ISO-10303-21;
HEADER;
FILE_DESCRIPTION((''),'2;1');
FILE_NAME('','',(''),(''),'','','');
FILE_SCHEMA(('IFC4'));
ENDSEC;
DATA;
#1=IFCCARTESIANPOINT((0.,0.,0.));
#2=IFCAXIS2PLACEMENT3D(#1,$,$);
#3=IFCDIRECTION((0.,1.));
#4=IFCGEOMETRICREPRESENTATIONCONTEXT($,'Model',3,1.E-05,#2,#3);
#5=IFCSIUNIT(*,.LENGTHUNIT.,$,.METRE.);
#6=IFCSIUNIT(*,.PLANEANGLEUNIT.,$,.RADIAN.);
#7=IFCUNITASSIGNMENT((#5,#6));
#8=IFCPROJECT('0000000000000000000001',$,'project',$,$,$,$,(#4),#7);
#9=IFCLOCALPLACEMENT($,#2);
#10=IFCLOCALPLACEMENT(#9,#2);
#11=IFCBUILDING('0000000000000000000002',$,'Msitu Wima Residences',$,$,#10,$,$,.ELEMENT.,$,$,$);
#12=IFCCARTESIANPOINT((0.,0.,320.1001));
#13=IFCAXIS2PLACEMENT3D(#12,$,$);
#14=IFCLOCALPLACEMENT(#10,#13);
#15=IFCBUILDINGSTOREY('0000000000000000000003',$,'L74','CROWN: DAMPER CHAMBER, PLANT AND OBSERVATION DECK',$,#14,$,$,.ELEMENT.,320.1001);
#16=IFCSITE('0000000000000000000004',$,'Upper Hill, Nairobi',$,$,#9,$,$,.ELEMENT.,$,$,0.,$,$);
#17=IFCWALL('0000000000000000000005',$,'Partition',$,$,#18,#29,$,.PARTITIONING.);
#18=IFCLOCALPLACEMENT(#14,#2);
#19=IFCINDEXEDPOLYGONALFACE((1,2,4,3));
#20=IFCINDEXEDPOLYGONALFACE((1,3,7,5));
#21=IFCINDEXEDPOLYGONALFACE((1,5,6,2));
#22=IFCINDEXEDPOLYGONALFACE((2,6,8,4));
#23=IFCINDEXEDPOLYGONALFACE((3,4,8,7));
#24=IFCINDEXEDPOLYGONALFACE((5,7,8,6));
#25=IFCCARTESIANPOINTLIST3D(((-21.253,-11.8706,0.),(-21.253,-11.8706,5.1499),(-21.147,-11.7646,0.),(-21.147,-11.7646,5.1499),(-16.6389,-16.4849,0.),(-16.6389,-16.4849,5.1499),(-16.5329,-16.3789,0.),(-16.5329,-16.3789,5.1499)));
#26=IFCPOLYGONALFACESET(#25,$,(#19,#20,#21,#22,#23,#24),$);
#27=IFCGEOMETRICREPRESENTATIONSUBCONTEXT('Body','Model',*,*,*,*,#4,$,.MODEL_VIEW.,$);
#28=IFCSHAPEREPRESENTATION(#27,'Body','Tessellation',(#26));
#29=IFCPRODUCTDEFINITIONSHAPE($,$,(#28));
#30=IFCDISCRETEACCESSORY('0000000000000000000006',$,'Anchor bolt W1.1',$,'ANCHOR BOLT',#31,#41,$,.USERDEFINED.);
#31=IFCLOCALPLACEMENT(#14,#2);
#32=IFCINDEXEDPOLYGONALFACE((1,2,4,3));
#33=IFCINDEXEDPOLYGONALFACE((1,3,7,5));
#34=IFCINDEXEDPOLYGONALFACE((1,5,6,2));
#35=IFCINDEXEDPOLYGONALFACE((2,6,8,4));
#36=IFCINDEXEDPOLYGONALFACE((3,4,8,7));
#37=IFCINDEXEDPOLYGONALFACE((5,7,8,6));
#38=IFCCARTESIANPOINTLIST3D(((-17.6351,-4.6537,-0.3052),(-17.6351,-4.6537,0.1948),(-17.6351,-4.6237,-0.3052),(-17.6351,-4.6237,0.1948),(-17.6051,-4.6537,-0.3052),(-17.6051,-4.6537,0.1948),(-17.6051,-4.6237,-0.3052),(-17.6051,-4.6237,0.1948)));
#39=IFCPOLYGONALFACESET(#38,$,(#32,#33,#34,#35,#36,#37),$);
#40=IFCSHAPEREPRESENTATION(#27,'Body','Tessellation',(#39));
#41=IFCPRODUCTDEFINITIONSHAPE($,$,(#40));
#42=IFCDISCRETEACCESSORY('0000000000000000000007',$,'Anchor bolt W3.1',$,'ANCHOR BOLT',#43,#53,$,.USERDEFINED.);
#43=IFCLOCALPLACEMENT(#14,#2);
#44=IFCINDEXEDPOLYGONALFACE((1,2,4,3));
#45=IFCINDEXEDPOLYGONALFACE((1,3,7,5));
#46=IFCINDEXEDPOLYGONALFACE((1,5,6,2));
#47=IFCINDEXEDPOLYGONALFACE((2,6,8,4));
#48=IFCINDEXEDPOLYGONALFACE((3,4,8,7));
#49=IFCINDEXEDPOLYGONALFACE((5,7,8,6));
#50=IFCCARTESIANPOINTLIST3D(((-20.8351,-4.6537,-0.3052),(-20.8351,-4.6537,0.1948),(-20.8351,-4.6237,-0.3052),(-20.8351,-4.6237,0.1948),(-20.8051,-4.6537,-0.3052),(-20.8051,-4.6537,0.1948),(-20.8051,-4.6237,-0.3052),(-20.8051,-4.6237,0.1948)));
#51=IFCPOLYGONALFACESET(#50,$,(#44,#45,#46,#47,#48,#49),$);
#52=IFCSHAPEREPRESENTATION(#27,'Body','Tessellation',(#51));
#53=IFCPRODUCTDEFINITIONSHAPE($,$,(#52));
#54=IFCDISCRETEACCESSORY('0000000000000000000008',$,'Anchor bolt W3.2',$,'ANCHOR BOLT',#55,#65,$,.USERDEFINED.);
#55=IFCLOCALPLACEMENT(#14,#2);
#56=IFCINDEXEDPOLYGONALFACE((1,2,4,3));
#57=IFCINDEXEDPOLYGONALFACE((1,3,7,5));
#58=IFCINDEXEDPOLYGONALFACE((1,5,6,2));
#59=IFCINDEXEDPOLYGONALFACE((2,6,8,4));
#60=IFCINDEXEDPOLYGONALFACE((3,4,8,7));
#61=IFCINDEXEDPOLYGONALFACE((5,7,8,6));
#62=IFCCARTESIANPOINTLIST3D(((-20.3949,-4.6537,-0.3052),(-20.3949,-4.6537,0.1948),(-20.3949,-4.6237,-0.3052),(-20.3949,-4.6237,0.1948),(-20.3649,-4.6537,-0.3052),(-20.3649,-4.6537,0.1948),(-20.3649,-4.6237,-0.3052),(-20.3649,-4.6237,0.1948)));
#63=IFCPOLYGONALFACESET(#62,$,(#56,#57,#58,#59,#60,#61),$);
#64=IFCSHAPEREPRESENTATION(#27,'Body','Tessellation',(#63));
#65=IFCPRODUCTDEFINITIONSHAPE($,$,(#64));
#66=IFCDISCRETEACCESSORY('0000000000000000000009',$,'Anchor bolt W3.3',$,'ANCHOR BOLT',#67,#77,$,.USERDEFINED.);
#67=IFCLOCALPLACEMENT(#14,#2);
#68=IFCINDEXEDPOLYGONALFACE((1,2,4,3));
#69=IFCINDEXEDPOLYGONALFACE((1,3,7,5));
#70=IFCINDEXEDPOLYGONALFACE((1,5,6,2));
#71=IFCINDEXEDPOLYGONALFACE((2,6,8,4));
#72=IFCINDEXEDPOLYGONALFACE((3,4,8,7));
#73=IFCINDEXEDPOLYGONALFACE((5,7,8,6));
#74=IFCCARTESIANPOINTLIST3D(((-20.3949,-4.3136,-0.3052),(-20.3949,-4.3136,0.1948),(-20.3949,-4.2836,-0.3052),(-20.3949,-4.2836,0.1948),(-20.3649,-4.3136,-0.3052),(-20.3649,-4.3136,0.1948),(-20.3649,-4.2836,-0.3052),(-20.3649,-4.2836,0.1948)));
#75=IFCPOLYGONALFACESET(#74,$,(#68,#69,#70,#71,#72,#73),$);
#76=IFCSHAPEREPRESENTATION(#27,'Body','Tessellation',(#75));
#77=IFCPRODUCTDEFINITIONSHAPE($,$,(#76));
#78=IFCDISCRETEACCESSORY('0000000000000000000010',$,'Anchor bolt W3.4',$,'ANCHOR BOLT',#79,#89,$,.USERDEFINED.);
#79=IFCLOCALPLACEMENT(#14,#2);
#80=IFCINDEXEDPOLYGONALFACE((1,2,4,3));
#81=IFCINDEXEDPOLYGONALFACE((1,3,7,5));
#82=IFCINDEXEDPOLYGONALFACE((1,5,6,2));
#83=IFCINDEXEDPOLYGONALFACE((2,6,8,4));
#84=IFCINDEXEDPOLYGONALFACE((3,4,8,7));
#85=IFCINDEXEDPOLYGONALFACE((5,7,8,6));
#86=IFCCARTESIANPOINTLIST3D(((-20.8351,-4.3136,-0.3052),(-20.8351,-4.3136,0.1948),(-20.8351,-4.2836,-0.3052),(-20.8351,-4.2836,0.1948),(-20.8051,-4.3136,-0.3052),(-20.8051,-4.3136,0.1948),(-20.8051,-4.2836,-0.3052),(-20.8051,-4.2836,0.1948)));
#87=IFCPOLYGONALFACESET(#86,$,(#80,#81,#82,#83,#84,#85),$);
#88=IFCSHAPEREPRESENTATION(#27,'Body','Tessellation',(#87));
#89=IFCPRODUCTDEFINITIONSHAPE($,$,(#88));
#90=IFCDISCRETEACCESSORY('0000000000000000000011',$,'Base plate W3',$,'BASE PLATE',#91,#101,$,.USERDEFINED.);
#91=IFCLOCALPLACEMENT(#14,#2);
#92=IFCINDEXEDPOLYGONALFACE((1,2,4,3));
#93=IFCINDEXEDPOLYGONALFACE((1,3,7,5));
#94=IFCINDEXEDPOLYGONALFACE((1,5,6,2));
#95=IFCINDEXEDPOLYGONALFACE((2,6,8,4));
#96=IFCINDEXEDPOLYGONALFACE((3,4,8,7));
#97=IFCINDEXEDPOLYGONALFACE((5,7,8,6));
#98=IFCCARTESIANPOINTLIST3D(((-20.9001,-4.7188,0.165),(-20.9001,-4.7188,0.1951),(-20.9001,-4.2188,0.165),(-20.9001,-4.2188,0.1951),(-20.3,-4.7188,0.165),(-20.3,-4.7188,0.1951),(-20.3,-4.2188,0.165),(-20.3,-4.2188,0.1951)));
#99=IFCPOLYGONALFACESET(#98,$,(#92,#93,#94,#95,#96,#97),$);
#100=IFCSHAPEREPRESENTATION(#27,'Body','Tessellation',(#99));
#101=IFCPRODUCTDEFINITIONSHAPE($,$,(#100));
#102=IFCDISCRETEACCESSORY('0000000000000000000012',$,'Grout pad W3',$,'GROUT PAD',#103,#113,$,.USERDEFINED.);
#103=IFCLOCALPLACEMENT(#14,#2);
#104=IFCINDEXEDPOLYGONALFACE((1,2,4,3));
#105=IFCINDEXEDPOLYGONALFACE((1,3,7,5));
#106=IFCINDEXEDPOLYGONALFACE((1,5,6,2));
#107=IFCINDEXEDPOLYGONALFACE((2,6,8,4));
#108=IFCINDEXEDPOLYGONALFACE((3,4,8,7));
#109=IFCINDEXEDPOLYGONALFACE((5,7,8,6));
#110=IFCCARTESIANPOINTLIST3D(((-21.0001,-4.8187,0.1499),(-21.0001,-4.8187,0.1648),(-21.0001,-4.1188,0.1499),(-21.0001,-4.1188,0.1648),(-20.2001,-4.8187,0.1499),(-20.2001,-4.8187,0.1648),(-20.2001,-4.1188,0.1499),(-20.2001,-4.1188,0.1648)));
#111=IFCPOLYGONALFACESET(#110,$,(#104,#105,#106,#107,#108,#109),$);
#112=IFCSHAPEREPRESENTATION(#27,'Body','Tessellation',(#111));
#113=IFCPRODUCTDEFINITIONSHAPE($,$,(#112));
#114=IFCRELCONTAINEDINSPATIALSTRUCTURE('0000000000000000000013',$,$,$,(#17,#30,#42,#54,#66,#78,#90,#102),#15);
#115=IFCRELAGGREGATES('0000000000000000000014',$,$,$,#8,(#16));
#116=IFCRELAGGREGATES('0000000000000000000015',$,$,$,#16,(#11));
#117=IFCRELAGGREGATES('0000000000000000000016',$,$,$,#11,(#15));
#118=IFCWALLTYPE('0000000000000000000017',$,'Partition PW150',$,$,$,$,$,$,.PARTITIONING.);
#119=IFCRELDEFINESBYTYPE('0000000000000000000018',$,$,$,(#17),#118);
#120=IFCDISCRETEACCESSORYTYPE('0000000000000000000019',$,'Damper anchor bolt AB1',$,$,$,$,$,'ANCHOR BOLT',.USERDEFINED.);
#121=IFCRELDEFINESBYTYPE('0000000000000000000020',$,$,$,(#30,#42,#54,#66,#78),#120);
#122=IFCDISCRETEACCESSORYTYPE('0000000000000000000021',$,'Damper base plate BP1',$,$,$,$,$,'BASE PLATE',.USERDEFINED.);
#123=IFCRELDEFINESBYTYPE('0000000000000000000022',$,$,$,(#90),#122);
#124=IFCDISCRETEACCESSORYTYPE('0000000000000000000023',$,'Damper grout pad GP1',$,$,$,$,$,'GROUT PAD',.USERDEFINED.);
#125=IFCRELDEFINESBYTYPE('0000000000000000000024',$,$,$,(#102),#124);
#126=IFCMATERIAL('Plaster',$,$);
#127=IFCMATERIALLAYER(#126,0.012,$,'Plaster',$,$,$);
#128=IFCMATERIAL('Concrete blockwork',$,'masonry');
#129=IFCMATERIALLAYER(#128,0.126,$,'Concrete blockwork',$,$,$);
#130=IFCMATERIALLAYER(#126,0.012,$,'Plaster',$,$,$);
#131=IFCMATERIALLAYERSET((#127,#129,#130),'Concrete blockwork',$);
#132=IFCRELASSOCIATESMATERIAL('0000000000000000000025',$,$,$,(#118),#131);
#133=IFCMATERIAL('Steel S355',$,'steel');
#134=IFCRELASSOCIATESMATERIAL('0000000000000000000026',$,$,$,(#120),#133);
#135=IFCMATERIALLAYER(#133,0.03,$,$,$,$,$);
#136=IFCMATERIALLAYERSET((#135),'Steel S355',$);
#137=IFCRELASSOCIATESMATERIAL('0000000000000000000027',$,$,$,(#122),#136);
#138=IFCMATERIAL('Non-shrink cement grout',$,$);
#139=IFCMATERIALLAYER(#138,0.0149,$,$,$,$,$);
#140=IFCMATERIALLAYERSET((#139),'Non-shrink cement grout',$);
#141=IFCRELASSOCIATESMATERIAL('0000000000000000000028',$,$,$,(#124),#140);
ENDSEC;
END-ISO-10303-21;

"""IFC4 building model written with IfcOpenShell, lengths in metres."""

from ifc_helpers import new_model, si_unit, direction, frame, frame_2d, origin, origin_2d, place, context, subcontext, project, spatial, rectangle, extrude, material, layer, layer_set, type_object, element, save


model = new_model("IFC4")

# Units and contexts
model_context = context("Model", 3, precision=1e-05, world=origin(), true_north=direction((0.0, 1.0)))
body_context = subcontext(model_context, "Body", "Model", "MODEL_VIEW")
ifc_project = project(units=[si_unit("LENGTHUNIT", "METRE"), si_unit("PLANEANGLEUNIT", "RADIAN")], contexts=[model_context])

# Site, building, storey
site_placement = place(None, origin())
site = spatial("IfcSite", under=ifc_project, at=site_placement, Name="Upper Hill, Nairobi", CompositionType="ELEMENT", RefElevation=0.0)
building_placement = place(site_placement, origin())
building = spatial("IfcBuilding", under=site, at=building_placement, Name="Msitu Wima Residences", CompositionType="ELEMENT")
storey_placement = place(building_placement, frame((0.0, 0.0, 320.1001)))
storey = spatial("IfcBuildingStorey", under=building, at=storey_placement, Name="L74", Description="CROWN: DAMPER CHAMBER, PLANT AND OBSERVATION DECK", CompositionType="ELEMENT", Elevation=320.1001)

# Shared definitions
ifc_material_1 = material(Name="Steel S355", Category="steel")

# Wall
ifc_material_2 = material(Name="Plaster")
ifc_layer_1 = layer(ifc_material_2, 0.012, Name="Plaster")
ifc_material_3 = material(Name="Concrete blockwork", Category="masonry")
ifc_layer_2 = layer(ifc_material_3, 0.126, Name="Concrete blockwork")
ifc_layer_3 = layer(ifc_material_2, 0.012, Name="Plaster")
ifc_layer_set_1 = layer_set([ifc_layer_1, ifc_layer_2, ifc_layer_3], Name="Concrete blockwork")
wall_type = type_object("IfcWallType", Name="Partition PW150", PredefinedType="PARTITIONING", material=ifc_layer_set_1)
wall_1_placement = place(storey_placement, frame((-21.2, -11.8176, 0.0), z_axis=(0.0, 0.0, 1.0), x_axis=(0.707088, -0.707125, 0.0)))
element("IfcWall", 1, at=wall_1_placement, inside=storey, type_object=wall_type, Name="Partition", PredefinedType="PARTITIONING", context=body_context, shape_type="SweptSolid", body=[
    extrude(rectangle(XDim=6.5254, YDim=0.1499, at=frame_2d((3.2627, 0.0))), origin(), (0.0, 0.0, 1.0), 5.1499),
])

# Discrete accessories
discrete_accessory_type_1 = type_object("IfcDiscreteAccessoryType", Name="Damper anchor bolt AB1", ElementType="ANCHOR BOLT", PredefinedType="USERDEFINED", material=ifc_material_1)
for number, where, z_axis, x_axis, name in (
    (2, (-17.6201, -4.6387, -0.3052), (0.0, 0.0, 1.0), (1.0, 0.0, 0.0), "Anchor bolt W1.1"),
    (3, (-20.8201, -4.6387, -0.3052), (0.0, 0.0, 1.0), (1.0, 0.0, 0.0), "Anchor bolt W3.1"),
    (4, (-20.3799, -4.6387, -0.3052), (0.0, 0.0, 1.0), (1.0, 0.0, 0.0), "Anchor bolt W3.2"),
    (5, (-20.3799, -4.2986, -0.3052), (0.0, 0.0, 1.0), (1.0, 0.0, 0.0), "Anchor bolt W3.3"),
    (6, (-20.8201, -4.2986, -0.3052), (0.0, 0.0, 1.0), (1.0, 0.0, 0.0), "Anchor bolt W3.4"),
):
    element("IfcDiscreteAccessory", number, at=place(storey_placement, frame(where, z_axis=z_axis, x_axis=x_axis)), inside=storey, type_object=discrete_accessory_type_1, Name=name, ObjectType="ANCHOR BOLT", PredefinedType="USERDEFINED", context=body_context, shape_type="SweptSolid", body=[
        extrude(rectangle(XDim=0.03, YDim=0.03, at=origin_2d()), origin(), (0.0, 0.0, 1.0), 0.5),
    ])
ifc_layer_4 = layer(ifc_material_1, 0.03)
ifc_layer_set_2 = layer_set([ifc_layer_4], Name="Steel S355")
discrete_accessory_type_2 = type_object("IfcDiscreteAccessoryType", Name="Damper base plate BP1", ElementType="BASE PLATE", PredefinedType="USERDEFINED", material=ifc_layer_set_2)
discrete_accessory_1_placement = place(storey_placement, frame((-20.6001, -4.4688, 0.165), z_axis=(0.0, 0.0, 1.0), x_axis=(1.0, 0.0, 0.0)))
element("IfcDiscreteAccessory", 7, at=discrete_accessory_1_placement, inside=storey, type_object=discrete_accessory_type_2, Name="Base plate W3", ObjectType="BASE PLATE", PredefinedType="USERDEFINED", context=body_context, shape_type="SweptSolid", body=[
    extrude(rectangle(XDim=0.6001, YDim=0.5, at=origin_2d()), origin(), (0.0, 0.0, 1.0), 0.03),
])
ifc_material_4 = material(Name="Non-shrink cement grout")
ifc_layer_5 = layer(ifc_material_4, 0.0149)
ifc_layer_set_3 = layer_set([ifc_layer_5], Name="Non-shrink cement grout")
discrete_accessory_type_3 = type_object("IfcDiscreteAccessoryType", Name="Damper grout pad GP1", ElementType="GROUT PAD", PredefinedType="USERDEFINED", material=ifc_layer_set_3)
discrete_accessory_2_placement = place(storey_placement, frame((-20.6001, -4.4688, 0.1499), z_axis=(0.0, 0.0, 1.0), x_axis=(1.0, 0.0, 0.0)))
element("IfcDiscreteAccessory", 8, at=discrete_accessory_2_placement, inside=storey, type_object=discrete_accessory_type_3, Name="Grout pad W3", ObjectType="GROUT PAD", PredefinedType="USERDEFINED", context=body_context, shape_type="SweptSolid", body=[
    extrude(rectangle(XDim=0.8, YDim=0.7, at=origin_2d()), origin(), (0.0, 0.0, 1.0), 0.0149),
])

save(model, "model.ifc")
